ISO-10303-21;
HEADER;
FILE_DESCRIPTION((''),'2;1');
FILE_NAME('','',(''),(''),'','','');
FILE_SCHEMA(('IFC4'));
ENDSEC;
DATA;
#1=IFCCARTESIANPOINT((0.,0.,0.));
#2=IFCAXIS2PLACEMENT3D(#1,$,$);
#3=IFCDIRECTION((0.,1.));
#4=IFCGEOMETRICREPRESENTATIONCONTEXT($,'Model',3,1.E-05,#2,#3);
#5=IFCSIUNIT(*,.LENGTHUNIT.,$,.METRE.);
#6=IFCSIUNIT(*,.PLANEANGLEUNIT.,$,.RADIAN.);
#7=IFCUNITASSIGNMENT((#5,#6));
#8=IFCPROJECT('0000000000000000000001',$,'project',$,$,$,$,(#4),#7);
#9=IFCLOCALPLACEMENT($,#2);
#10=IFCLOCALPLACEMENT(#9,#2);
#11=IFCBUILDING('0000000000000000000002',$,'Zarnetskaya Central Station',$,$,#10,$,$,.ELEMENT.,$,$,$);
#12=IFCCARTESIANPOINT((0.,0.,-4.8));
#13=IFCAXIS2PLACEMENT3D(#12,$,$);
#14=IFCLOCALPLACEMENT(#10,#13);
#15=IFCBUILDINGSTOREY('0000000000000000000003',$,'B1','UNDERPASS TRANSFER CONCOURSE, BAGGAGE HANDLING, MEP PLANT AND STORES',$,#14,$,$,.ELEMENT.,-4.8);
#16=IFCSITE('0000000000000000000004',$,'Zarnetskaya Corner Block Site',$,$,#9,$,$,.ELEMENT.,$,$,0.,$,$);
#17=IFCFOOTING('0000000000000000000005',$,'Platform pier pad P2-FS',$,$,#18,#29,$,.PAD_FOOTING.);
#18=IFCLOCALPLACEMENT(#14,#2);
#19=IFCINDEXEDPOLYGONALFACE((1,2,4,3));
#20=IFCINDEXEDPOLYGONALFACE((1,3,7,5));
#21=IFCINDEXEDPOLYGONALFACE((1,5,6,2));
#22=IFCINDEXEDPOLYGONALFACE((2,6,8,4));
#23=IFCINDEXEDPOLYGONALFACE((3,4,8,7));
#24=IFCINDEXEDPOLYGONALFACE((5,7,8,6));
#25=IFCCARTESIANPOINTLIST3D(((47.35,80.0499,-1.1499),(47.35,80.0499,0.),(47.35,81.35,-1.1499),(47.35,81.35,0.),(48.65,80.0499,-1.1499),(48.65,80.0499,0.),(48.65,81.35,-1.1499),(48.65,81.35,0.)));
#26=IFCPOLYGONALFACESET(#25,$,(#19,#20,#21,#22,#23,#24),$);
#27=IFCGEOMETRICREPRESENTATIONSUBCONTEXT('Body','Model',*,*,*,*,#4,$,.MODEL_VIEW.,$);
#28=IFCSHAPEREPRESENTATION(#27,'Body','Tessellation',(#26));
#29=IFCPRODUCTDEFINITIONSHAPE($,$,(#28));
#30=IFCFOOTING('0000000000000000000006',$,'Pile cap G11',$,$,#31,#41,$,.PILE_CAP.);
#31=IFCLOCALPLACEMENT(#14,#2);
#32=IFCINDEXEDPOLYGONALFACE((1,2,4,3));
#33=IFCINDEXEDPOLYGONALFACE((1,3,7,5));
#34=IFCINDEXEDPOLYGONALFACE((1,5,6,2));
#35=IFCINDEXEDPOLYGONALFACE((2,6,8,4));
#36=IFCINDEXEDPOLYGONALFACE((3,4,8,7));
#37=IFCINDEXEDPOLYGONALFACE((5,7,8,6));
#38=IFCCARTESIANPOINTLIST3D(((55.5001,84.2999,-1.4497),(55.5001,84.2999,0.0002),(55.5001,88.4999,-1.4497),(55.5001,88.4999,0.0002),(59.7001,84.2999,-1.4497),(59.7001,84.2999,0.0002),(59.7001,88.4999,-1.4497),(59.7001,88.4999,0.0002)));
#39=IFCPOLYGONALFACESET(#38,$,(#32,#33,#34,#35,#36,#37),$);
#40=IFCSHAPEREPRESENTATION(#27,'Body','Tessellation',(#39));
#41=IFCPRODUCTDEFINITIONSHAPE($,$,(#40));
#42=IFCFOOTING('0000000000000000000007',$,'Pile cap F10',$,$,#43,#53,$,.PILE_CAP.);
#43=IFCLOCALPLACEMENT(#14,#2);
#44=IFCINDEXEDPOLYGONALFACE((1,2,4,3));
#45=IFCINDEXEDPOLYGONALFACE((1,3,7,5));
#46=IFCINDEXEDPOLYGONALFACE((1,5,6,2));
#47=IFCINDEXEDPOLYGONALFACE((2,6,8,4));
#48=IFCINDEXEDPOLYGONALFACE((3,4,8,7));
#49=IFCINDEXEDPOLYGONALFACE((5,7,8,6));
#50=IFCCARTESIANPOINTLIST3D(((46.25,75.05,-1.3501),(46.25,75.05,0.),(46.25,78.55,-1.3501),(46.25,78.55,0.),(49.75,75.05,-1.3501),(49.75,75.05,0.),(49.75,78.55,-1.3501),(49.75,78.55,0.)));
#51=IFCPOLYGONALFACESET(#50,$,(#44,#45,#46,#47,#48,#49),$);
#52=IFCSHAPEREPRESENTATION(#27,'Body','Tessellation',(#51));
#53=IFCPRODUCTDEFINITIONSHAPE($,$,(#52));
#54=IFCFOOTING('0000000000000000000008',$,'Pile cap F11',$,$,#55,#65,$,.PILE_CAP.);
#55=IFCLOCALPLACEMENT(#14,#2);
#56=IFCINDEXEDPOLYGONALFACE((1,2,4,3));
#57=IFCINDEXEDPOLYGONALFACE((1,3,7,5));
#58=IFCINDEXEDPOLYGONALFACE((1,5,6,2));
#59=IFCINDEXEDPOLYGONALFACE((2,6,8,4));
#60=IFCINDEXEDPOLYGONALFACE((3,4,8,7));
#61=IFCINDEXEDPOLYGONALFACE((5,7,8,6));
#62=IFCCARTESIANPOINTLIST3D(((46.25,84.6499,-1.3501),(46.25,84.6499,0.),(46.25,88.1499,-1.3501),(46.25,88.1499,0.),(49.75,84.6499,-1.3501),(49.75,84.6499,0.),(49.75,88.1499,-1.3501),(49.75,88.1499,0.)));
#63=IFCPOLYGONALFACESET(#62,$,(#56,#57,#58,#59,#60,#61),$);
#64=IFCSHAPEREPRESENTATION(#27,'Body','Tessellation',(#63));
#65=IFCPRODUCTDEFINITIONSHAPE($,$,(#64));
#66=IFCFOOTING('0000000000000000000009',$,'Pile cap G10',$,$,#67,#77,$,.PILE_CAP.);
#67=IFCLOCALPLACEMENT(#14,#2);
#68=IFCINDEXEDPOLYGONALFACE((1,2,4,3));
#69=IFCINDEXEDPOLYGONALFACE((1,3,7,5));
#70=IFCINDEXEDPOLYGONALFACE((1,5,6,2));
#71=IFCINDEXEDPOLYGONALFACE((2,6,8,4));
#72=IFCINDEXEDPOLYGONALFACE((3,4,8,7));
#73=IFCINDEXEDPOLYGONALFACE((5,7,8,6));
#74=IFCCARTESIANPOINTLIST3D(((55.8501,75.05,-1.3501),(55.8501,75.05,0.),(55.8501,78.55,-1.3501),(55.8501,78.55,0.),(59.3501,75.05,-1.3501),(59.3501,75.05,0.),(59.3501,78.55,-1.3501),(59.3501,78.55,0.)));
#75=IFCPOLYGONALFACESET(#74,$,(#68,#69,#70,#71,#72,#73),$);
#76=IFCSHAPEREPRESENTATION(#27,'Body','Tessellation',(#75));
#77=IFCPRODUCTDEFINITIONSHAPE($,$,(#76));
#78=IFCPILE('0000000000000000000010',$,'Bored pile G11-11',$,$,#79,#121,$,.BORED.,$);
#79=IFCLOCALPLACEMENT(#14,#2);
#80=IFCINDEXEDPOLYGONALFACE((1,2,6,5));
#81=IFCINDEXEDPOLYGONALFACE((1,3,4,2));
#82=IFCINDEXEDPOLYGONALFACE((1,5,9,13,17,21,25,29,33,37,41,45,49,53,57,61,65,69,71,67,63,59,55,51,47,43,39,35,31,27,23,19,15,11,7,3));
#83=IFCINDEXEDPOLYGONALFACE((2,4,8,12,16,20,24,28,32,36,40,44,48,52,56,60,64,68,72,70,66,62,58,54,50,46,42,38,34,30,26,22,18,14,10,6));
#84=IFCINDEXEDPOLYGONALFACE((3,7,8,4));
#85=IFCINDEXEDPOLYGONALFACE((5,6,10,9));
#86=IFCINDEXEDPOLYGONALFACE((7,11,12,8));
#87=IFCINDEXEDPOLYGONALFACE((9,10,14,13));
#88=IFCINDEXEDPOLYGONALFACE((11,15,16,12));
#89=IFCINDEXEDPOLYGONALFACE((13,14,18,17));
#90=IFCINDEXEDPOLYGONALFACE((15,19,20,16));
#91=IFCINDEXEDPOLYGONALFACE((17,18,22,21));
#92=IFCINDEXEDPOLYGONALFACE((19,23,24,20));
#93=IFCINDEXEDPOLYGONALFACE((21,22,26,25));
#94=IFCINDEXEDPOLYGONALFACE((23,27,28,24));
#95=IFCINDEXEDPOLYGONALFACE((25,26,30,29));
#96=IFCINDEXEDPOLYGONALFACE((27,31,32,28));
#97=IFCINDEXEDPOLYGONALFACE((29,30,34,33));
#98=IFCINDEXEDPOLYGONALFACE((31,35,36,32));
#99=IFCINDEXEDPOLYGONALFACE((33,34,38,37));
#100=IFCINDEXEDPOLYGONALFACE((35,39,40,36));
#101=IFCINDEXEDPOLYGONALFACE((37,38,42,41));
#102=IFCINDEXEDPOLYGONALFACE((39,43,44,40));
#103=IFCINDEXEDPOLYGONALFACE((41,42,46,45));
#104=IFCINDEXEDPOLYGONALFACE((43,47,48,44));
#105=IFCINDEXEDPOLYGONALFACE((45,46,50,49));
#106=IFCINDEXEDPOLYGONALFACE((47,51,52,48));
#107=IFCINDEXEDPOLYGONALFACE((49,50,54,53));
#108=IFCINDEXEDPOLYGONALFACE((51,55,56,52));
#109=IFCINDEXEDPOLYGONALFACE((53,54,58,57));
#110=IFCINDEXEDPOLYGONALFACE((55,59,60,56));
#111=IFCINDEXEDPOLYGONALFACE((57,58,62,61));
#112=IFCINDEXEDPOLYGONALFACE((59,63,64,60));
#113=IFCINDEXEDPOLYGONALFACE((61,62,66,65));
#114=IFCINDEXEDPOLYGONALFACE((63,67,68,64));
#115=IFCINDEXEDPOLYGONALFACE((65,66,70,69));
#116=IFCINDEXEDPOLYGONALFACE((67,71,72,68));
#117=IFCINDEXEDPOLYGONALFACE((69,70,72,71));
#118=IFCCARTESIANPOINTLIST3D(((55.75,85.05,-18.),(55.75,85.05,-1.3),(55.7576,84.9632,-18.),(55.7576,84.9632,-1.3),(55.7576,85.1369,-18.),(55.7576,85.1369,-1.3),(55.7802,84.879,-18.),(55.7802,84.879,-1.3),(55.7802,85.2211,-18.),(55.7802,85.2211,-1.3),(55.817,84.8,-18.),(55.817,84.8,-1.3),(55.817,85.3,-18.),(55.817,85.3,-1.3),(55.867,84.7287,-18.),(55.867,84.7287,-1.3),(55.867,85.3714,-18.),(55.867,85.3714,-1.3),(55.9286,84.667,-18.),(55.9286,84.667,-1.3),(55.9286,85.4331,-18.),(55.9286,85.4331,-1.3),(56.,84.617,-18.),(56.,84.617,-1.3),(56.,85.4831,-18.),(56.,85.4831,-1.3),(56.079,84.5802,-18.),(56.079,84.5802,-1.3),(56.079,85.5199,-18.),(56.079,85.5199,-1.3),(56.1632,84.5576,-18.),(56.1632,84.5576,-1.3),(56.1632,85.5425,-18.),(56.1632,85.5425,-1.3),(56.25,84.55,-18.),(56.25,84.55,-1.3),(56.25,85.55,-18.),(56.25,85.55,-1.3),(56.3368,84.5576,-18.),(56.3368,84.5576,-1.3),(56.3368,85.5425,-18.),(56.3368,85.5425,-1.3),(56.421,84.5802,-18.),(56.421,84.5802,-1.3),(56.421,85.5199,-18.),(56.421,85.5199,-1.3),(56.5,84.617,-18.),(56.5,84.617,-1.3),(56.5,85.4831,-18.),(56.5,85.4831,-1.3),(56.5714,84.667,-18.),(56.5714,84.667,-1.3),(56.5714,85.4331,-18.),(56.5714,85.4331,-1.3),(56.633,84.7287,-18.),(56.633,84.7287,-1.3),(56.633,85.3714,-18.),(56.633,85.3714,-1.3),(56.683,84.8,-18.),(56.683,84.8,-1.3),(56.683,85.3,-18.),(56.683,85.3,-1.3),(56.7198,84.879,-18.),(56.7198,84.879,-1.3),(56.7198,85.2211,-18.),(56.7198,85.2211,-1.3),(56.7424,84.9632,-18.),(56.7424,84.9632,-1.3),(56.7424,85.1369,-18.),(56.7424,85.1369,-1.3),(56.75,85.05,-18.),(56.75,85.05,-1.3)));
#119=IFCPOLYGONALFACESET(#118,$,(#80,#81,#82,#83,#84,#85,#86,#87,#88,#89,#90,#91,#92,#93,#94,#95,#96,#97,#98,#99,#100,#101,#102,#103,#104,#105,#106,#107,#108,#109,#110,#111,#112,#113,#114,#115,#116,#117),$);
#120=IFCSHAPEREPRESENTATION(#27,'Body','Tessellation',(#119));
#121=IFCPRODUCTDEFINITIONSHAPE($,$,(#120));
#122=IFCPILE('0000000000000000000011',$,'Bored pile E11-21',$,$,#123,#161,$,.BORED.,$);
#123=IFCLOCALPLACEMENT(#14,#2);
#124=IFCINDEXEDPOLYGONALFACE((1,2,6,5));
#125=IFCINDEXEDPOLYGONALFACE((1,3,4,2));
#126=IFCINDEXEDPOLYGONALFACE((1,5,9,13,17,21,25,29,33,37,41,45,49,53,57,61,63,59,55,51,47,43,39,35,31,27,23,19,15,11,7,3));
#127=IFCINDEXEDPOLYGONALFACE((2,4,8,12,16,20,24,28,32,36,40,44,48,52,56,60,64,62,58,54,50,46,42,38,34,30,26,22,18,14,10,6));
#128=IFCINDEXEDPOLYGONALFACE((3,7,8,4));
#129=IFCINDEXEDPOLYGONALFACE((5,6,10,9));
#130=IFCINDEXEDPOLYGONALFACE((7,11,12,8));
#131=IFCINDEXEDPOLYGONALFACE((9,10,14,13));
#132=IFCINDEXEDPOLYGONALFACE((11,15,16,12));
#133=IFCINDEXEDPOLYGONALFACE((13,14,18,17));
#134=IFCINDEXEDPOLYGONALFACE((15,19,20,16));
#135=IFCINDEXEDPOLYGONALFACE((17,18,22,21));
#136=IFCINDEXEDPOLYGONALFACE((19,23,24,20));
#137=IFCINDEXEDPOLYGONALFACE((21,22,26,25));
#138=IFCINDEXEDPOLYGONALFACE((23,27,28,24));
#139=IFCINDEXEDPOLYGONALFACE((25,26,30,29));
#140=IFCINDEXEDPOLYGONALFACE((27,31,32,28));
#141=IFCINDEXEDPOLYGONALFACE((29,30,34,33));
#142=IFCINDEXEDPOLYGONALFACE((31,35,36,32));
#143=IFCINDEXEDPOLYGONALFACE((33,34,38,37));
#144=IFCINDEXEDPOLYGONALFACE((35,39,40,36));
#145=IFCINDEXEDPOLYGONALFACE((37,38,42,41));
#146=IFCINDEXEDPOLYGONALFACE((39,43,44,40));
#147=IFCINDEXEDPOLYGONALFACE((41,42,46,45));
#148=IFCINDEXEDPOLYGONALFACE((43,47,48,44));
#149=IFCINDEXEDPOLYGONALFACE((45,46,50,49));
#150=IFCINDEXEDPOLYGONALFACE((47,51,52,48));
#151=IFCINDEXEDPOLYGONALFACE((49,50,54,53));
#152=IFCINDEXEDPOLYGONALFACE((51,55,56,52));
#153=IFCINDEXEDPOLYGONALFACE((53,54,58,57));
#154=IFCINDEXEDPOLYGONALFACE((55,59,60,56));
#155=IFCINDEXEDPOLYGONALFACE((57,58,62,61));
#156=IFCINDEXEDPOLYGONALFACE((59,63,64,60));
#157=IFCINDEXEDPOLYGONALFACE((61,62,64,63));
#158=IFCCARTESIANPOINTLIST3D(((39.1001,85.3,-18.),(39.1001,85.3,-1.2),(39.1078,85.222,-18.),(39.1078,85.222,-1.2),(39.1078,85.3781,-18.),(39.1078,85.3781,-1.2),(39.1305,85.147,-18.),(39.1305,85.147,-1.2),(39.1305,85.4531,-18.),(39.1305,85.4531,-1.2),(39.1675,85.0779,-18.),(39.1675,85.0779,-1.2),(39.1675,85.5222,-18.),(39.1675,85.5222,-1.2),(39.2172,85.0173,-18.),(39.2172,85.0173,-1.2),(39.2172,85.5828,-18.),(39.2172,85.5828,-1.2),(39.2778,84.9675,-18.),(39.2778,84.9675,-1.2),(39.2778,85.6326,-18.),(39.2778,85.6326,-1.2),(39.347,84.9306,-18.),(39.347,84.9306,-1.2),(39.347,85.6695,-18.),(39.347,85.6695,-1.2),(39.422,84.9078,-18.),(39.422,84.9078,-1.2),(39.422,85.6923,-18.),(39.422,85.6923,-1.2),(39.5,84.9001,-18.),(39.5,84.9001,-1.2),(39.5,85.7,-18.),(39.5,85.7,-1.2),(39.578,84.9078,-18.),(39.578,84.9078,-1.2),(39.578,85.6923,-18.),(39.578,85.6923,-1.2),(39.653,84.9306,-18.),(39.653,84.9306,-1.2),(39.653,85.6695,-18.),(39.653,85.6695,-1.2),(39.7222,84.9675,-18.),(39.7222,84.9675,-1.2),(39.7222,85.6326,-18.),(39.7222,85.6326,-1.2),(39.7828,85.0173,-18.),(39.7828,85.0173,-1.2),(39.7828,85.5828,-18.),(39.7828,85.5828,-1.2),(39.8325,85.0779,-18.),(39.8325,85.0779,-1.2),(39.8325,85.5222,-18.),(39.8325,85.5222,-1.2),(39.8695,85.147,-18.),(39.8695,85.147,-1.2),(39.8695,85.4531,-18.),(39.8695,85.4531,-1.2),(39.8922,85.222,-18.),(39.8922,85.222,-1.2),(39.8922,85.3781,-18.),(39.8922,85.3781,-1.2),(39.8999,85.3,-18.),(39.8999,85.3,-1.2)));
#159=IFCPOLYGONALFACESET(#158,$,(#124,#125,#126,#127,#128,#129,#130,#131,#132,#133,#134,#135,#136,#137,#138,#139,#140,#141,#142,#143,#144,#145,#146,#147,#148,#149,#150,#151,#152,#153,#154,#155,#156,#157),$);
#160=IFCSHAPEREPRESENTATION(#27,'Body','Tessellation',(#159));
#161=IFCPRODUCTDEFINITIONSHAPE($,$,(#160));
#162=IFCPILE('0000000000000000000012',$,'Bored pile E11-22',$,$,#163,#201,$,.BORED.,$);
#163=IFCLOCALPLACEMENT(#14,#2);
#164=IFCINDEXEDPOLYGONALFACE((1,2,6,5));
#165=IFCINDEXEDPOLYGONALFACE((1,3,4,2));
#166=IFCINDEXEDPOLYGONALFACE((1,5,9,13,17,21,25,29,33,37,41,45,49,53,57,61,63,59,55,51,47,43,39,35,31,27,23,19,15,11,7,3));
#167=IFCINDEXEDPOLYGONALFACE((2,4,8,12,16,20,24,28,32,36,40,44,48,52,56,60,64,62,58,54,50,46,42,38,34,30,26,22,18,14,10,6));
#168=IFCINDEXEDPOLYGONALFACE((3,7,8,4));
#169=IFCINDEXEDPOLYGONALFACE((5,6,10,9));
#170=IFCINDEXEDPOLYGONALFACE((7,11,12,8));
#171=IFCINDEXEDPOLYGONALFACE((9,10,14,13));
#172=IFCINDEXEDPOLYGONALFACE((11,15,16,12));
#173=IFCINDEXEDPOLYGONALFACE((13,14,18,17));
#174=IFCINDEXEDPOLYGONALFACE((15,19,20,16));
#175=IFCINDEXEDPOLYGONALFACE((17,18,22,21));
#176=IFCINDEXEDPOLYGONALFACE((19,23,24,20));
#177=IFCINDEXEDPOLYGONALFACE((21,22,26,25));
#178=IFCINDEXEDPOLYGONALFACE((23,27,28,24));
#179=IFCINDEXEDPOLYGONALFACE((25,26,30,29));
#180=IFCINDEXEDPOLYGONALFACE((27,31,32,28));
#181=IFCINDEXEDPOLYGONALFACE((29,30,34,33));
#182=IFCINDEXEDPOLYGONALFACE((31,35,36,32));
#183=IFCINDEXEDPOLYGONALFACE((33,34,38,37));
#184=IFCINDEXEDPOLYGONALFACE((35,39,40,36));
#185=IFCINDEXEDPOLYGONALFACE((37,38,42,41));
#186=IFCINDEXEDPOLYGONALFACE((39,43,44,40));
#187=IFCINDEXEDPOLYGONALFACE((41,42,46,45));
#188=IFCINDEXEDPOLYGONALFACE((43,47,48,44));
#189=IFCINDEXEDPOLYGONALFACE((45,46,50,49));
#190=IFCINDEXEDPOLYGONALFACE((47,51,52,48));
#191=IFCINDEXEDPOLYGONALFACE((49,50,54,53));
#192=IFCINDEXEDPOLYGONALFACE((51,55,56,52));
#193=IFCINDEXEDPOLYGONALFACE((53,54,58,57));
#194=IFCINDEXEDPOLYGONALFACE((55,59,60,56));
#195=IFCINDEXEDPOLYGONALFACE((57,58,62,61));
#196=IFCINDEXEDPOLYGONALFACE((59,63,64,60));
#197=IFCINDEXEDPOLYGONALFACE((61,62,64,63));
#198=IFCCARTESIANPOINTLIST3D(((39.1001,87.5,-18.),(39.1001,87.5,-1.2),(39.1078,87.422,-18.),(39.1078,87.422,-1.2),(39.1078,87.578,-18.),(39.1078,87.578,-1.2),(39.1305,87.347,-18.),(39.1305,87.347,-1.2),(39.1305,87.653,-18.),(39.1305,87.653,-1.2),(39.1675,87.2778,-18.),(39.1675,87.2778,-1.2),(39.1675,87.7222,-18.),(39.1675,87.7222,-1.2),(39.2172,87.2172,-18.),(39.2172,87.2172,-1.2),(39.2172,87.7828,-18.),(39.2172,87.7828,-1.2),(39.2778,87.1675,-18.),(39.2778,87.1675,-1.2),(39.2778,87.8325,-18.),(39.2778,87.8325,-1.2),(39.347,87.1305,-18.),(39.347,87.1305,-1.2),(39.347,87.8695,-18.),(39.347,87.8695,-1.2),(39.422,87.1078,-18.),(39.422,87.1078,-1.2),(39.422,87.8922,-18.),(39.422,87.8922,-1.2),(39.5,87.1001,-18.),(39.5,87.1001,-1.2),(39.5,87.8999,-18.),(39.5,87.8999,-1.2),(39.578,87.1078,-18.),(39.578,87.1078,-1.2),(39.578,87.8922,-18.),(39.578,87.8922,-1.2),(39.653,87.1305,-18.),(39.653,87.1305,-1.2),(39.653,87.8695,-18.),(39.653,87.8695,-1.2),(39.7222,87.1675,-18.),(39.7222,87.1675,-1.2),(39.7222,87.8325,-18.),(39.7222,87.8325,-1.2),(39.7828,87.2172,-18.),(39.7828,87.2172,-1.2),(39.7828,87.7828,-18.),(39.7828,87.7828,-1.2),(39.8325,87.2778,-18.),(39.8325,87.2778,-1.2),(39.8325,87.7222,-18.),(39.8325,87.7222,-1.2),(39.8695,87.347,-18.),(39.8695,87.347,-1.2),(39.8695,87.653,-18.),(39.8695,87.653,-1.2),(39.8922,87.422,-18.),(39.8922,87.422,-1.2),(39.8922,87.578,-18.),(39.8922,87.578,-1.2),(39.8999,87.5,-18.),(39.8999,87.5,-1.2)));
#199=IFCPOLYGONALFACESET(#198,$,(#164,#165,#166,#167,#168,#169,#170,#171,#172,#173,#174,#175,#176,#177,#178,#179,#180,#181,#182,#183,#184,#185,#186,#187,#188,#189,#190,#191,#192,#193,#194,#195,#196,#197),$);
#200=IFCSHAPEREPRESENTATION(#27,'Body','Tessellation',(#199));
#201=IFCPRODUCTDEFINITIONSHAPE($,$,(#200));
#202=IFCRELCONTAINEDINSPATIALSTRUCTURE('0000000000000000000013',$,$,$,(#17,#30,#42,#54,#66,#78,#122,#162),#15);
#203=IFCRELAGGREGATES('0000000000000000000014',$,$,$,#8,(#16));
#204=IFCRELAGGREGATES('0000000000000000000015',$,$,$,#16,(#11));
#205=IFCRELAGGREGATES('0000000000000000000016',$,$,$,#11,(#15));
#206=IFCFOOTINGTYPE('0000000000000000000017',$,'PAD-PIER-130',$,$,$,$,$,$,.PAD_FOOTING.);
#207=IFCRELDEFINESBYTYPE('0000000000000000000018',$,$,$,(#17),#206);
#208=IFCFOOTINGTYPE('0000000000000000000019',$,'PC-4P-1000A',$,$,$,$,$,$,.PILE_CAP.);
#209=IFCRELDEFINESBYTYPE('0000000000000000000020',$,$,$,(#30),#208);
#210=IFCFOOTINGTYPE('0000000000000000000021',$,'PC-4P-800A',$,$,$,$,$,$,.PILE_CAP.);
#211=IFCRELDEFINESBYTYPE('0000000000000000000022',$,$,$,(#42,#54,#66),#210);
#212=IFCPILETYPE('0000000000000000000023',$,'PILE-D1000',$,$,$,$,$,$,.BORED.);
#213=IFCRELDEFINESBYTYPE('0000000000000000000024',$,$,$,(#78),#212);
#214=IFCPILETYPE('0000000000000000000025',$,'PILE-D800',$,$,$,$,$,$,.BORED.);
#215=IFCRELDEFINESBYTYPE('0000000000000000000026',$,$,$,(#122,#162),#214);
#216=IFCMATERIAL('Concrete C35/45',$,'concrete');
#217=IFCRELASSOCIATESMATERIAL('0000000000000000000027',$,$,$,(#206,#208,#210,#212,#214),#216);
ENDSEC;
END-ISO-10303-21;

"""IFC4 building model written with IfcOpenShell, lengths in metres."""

from ifc_helpers import new_model, si_unit, direction, frame, origin, origin_2d, place, context, subcontext, project, spatial, rectangle, circle, extrude, material, material_profile, profile_set, type_object, element, save


model = new_model("IFC4")

# Units and contexts
model_context = context("Model", 3, precision=1e-05, world=origin(), true_north=direction((0.0, 1.0)))
body_context = subcontext(model_context, "Body", "Model", "MODEL_VIEW")
ifc_project = project(units=[si_unit("LENGTHUNIT", "METRE"), si_unit("PLANEANGLEUNIT", "RADIAN")], contexts=[model_context])

# Site, building, storey
site_placement = place(None, origin())
site = spatial("IfcSite", under=ifc_project, at=site_placement, Name="Zarnetskaya Corner Block Site", CompositionType="ELEMENT", RefElevation=0.0)
building_placement = place(site_placement, origin())
building = spatial("IfcBuilding", under=site, at=building_placement, Name="Zarnetskaya Central Station", CompositionType="ELEMENT")
storey_placement = place(building_placement, frame((0.0, 0.0, -4.8)))
storey = spatial("IfcBuildingStorey", under=building, at=storey_placement, Name="B1", Description="UNDERPASS TRANSFER CONCOURSE, BAGGAGE HANDLING, MEP PLANT AND STORES", CompositionType="ELEMENT", Elevation=-4.8)

# Footings
ifc_material = material(Name="Concrete C35/45", Category="concrete")
footing_type_1 = type_object("IfcFootingType", Name="PAD-PIER-130", PredefinedType="PAD_FOOTING", material=ifc_material)
footing_1_placement = place(storey_placement, frame((48.0, 80.7, -1.1499), z_axis=(0.0, 0.0, 1.0), x_axis=(1.0, 0.0, 0.0)))
element("IfcFooting", 1, at=footing_1_placement, inside=storey, type_object=footing_type_1, Name="Platform pier pad P2-FS", PredefinedType="PAD_FOOTING", context=body_context, shape_type="SweptSolid", body=[
    extrude(rectangle(XDim=1.3, YDim=1.3, at=origin_2d()), origin(), (0.0, 0.0, 1.0), 1.1499),
])
footing_type_2 = type_object("IfcFootingType", Name="PC-4P-1000A", PredefinedType="PILE_CAP", material=ifc_material)
footing_2_placement = place(storey_placement, frame((57.6001, 86.3999, -1.4497), z_axis=(0.0, 0.0, 1.0), x_axis=(1.0, 0.0, 0.0)))
element("IfcFooting", 2, at=footing_2_placement, inside=storey, type_object=footing_type_2, Name="Pile cap G11", PredefinedType="PILE_CAP", context=body_context, shape_type="SweptSolid", body=[
    extrude(rectangle(XDim=4.2, YDim=4.2, at=origin_2d()), origin(), (0.0, 0.0, 1.0), 1.45),
])
footing_type_3 = type_object("IfcFootingType", Name="PC-4P-800A", PredefinedType="PILE_CAP", material=ifc_material)
for number, where, z_axis, x_axis, name in (
    (3, (48.0, 76.8, -1.3501), (0.0, 0.0, 1.0), (1.0, 0.0, 0.0), "Pile cap F10"),
    (4, (48.0, 86.3999, -1.3501), (0.0, 0.0, 1.0), (1.0, 0.0, 0.0), "Pile cap F11"),
    (5, (57.6001, 76.8, -1.3501), (0.0, 0.0, 1.0), (1.0, 0.0, 0.0), "Pile cap G10"),
):
    element("IfcFooting", number, at=place(storey_placement, frame(where, z_axis=z_axis, x_axis=x_axis)), inside=storey, type_object=footing_type_3, Name=name, PredefinedType="PILE_CAP", context=body_context, shape_type="SweptSolid", body=[
        extrude(rectangle(XDim=3.5, YDim=3.5, at=origin_2d()), origin(), (0.0, 0.0, 1.0), 1.3501),
    ])

# Piles
ifc_material_profile_1 = material_profile(ifc_material, circle(Radius=0.5, at=origin_2d()), Name="BORED PILE D1000")
ifc_profile_set_1 = profile_set([ifc_material_profile_1], Name="Concrete C35/45")
pile_type_1 = type_object("IfcPileType", Name="PILE-D1000", PredefinedType="BORED", material=ifc_profile_set_1)
pile_placement = place(storey_placement, frame((56.25, 85.05, -1.3), z_axis=(0.0, 0.0, -1.0), x_axis=(1.0, 0.0, 0.0)))
element("IfcPile", 6, at=pile_placement, inside=storey, type_object=pile_type_1, Name="Bored pile G11-11", PredefinedType="BORED", context=body_context, shape_type="SweptSolid", body=[
    extrude(circle(Radius=0.5, at=origin_2d()), origin(), (0.0, 0.0, 1.0), 16.7),
])
ifc_material_profile_2 = material_profile(ifc_material, circle(Radius=0.3999, at=origin_2d()), Name="BORED PILE D800")
ifc_profile_set_2 = profile_set([ifc_material_profile_2], Name="Concrete C35/45")
pile_type_2 = type_object("IfcPileType", Name="PILE-D800", PredefinedType="BORED", material=ifc_profile_set_2)
for number, where, z_axis, x_axis, name in (
    (7, (39.5, 85.3, -1.2), (0.0, 0.0, -1.0), (1.0, 0.0, 0.0), "Bored pile E11-21"),
    (8, (39.5, 87.5, -1.2), (0.0, 0.0, -1.0), (1.0, 0.0, 0.0), "Bored pile E11-22"),
):
    element("IfcPile", number, at=place(storey_placement, frame(where, z_axis=z_axis, x_axis=x_axis)), inside=storey, type_object=pile_type_2, Name=name, PredefinedType="BORED", context=body_context, shape_type="SweptSolid", body=[
        extrude(circle(Radius=0.3999, at=origin_2d()), origin(), (0.0, 0.0, 1.0), 16.8),
    ])

save(model, "model.ifc")
